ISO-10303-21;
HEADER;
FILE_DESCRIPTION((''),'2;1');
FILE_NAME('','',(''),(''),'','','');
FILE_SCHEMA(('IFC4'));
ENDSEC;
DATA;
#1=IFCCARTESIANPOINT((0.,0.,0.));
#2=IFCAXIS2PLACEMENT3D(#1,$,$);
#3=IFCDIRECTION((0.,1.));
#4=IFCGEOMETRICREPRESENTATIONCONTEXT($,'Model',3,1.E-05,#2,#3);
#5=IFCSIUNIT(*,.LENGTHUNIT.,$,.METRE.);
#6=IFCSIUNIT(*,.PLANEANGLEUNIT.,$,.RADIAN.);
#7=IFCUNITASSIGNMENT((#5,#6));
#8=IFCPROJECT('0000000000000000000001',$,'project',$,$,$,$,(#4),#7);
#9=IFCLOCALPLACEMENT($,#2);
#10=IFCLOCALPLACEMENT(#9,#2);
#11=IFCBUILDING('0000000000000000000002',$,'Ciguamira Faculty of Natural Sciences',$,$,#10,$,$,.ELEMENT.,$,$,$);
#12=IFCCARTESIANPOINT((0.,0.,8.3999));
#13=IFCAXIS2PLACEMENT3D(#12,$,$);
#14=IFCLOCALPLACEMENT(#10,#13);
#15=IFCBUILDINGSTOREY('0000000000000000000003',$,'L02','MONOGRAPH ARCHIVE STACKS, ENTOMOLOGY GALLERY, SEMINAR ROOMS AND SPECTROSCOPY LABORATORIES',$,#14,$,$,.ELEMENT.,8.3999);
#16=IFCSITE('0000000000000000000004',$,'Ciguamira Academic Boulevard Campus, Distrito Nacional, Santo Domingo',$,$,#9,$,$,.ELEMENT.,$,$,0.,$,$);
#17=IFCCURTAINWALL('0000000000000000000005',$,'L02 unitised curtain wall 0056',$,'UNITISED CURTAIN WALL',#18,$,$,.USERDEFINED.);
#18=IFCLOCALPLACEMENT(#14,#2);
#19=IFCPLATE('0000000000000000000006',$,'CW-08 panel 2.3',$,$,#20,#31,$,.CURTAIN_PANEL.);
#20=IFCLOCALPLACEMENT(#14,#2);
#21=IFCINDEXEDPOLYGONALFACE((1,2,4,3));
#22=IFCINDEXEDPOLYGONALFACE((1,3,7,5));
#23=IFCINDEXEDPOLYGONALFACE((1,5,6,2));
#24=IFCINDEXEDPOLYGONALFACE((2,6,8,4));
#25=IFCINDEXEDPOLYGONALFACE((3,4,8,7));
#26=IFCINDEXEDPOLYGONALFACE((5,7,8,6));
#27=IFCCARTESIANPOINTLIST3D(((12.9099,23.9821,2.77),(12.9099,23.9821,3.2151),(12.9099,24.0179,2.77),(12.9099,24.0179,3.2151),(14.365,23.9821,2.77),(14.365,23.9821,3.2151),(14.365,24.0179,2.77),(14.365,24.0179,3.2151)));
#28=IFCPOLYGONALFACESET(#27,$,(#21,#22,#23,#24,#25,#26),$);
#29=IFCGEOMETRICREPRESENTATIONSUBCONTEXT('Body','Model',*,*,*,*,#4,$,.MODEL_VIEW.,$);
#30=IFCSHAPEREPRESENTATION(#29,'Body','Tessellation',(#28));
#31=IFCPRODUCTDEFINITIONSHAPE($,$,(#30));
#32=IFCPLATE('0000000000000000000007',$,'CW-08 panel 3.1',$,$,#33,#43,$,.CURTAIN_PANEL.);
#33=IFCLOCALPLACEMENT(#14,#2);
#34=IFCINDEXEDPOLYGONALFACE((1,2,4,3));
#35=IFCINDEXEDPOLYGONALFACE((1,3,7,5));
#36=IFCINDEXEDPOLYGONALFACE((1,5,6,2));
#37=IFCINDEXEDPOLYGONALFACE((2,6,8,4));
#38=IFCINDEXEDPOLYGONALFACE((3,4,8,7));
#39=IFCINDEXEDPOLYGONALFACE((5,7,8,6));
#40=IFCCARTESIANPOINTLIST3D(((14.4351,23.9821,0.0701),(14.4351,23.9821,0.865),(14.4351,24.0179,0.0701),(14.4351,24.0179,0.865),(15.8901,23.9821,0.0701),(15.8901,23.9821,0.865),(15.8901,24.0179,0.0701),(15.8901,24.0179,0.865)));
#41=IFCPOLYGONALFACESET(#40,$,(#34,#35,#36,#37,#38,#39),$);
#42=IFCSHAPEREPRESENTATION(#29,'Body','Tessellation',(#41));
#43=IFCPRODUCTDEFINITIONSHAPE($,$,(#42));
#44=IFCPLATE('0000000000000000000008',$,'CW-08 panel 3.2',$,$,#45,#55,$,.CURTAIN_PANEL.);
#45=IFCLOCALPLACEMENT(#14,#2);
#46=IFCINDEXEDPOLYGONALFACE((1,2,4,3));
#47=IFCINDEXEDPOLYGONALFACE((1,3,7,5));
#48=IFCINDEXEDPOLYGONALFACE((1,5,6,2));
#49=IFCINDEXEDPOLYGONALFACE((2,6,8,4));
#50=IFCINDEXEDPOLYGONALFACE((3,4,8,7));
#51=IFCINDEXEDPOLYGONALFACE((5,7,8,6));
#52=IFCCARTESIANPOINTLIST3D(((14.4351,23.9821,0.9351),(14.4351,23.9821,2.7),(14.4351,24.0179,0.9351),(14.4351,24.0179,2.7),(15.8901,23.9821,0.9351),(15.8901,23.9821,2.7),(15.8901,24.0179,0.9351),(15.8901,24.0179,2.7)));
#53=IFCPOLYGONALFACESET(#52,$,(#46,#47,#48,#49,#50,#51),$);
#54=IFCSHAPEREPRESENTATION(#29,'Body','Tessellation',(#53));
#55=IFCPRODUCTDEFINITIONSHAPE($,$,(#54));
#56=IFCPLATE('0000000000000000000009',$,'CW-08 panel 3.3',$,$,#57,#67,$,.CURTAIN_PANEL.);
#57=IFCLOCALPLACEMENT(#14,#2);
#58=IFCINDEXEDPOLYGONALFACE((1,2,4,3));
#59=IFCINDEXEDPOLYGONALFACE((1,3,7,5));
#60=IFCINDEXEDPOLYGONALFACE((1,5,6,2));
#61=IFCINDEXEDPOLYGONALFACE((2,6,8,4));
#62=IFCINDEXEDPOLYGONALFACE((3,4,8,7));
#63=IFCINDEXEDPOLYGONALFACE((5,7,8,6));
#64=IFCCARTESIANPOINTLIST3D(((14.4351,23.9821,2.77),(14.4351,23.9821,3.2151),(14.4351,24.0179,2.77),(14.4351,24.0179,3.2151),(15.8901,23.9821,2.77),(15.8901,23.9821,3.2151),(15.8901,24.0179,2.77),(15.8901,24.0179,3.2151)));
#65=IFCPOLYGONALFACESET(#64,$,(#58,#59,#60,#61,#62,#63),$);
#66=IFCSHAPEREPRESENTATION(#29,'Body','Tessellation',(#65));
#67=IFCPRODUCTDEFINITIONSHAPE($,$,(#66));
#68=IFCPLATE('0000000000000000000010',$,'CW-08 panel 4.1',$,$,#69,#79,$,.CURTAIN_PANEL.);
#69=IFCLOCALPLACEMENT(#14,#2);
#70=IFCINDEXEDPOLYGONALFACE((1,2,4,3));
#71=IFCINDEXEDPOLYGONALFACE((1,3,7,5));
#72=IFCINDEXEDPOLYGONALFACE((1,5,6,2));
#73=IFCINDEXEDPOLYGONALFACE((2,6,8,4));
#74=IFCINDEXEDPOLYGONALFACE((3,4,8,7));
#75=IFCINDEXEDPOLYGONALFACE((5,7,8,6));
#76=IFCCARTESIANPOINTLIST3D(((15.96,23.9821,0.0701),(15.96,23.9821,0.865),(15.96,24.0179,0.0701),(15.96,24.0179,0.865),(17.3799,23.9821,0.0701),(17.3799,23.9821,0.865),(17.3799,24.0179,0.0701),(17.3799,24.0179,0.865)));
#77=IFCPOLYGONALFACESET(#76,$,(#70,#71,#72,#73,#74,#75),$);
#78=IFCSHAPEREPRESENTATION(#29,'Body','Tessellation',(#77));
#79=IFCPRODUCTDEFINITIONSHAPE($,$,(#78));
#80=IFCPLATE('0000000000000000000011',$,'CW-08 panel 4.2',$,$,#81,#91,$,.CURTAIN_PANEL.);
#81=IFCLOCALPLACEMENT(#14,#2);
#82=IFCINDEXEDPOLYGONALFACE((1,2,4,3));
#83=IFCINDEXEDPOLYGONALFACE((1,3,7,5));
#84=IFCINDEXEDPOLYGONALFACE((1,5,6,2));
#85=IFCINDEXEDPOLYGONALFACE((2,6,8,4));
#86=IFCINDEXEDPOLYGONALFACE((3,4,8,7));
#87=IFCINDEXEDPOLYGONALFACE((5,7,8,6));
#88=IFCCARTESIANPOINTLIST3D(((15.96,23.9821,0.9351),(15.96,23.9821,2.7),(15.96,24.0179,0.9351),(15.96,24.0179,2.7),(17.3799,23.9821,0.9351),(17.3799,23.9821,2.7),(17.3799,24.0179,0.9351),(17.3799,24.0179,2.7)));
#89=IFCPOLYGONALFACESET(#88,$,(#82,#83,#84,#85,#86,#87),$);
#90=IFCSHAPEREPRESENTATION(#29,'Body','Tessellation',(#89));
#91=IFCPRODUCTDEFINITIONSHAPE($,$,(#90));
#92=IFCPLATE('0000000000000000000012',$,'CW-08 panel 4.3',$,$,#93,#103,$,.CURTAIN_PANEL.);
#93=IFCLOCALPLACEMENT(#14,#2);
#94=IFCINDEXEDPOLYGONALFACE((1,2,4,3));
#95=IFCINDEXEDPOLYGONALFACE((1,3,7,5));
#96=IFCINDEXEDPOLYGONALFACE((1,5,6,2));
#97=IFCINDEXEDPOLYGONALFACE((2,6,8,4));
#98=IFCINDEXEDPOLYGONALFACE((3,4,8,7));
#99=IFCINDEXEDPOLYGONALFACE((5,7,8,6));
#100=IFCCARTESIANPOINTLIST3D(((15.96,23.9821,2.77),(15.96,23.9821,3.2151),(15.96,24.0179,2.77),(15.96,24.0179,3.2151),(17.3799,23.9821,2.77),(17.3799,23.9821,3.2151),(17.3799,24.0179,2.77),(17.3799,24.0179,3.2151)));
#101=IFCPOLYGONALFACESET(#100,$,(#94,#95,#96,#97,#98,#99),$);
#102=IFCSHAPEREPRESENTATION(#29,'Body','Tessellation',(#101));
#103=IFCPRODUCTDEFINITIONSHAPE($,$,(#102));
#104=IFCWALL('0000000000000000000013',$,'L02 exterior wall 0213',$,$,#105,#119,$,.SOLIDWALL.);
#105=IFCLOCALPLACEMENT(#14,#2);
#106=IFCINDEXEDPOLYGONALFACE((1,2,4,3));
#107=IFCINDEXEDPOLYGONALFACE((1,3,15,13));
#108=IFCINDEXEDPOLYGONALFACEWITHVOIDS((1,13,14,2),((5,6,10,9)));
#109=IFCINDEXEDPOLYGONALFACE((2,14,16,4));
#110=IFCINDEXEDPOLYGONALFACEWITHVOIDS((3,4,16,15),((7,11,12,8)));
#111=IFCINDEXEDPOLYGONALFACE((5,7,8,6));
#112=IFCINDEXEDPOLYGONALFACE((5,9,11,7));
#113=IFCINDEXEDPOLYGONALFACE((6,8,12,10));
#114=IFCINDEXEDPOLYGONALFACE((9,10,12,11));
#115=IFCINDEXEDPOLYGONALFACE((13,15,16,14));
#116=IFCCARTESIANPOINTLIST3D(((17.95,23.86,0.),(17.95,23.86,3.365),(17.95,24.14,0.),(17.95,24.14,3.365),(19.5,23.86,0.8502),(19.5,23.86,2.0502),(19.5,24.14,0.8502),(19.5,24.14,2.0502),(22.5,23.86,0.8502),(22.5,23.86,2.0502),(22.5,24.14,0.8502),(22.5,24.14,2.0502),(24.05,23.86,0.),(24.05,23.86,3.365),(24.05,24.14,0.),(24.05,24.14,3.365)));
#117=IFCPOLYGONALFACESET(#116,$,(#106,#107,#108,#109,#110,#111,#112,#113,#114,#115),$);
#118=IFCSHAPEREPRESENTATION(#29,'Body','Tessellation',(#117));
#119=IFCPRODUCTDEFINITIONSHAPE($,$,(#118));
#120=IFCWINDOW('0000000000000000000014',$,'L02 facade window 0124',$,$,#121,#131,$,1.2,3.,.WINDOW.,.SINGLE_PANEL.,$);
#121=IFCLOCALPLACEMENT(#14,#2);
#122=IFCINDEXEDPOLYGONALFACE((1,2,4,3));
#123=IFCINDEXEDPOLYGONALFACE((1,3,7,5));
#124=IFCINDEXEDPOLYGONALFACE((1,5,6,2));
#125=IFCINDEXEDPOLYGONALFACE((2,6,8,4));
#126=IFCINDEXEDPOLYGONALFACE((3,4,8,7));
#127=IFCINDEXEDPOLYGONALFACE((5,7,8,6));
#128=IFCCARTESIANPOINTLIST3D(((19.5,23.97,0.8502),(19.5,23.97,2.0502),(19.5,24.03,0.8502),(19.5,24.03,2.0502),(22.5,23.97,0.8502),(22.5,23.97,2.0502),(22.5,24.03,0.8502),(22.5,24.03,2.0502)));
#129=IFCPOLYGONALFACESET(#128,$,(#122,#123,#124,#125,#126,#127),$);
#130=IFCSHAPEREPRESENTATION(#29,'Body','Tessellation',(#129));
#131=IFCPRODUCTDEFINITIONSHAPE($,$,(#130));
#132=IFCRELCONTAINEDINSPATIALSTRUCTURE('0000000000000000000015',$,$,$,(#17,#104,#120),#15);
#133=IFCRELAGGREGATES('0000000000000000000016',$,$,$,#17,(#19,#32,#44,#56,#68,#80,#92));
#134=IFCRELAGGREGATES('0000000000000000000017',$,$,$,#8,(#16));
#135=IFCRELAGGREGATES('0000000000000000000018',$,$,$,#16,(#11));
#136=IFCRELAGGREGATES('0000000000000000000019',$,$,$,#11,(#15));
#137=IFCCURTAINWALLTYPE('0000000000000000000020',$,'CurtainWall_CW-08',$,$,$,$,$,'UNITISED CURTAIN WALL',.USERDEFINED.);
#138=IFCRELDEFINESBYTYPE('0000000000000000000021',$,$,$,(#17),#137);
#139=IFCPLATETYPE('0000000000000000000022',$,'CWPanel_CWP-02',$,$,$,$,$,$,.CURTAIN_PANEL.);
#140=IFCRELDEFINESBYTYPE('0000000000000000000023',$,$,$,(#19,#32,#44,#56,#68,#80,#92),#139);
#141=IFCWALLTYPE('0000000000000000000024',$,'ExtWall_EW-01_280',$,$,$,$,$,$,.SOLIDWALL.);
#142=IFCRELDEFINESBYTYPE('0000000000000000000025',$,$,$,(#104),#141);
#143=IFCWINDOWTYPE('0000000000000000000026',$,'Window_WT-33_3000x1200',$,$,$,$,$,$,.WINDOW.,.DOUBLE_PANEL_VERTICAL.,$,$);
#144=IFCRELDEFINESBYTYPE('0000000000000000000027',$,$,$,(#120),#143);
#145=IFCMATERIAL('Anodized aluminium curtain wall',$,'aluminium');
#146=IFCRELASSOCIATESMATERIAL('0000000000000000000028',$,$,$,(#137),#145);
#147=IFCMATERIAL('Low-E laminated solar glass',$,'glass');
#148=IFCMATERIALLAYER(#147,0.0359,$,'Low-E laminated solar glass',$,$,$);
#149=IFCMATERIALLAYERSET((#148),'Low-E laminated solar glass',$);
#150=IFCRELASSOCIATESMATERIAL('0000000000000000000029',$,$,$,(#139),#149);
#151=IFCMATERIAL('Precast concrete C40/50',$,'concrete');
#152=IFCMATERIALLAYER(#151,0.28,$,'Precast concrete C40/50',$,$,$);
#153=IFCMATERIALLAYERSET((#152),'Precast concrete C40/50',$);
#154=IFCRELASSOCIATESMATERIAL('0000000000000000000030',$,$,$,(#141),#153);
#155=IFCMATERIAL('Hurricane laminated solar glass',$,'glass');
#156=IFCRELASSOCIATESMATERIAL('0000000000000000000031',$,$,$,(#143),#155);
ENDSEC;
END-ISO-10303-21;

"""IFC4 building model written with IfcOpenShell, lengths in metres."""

from ifc_helpers import new_model, si_unit, direction, frame, frame_2d, origin, origin_2d, place, context, subcontext, project, spatial, rectangle, extrude, material, layer, layer_set, type_object, element, fill, aggregate, save


model = new_model("IFC4")

# Units and contexts
model_context = context("Model", 3, precision=1e-05, world=origin(), true_north=direction((0.0, 1.0)))
body_context = subcontext(model_context, "Body", "Model", "MODEL_VIEW")
ifc_project = project(units=[si_unit("LENGTHUNIT", "METRE"), si_unit("PLANEANGLEUNIT", "RADIAN")], contexts=[model_context])

# Site, building, storey
site_placement = place(None, origin())
site = spatial("IfcSite", under=ifc_project, at=site_placement, Name="Ciguamira Academic Boulevard Campus, Distrito Nacional, Santo Domingo", CompositionType="ELEMENT", RefElevation=0.0)
building_placement = place(site_placement, origin())
building = spatial("IfcBuilding", under=site, at=building_placement, Name="Ciguamira Faculty of Natural Sciences", CompositionType="ELEMENT")
storey_placement = place(building_placement, frame((0.0, 0.0, 8.3999)))
storey = spatial("IfcBuildingStorey", under=building, at=storey_placement, Name="L02", Description="MONOGRAPH ARCHIVE STACKS, ENTOMOLOGY GALLERY, SEMINAR ROOMS AND SPECTROSCOPY LABORATORIES", CompositionType="ELEMENT", Elevation=8.3999)

# Curtain wall, plates
ifc_material_1 = material(Name="Anodized aluminium curtain wall", Category="aluminium")
curtain_wall_type = type_object("IfcCurtainWallType", Name="CurtainWall_CW-08", ElementType="UNITISED CURTAIN WALL", PredefinedType="USERDEFINED", material=ifc_material_1)
curtain_wall_placement = place(storey_placement, origin())
curtain_wall = element("IfcCurtainWall", 1, at=curtain_wall_placement, inside=storey, type_object=curtain_wall_type, Name="L02 unitised curtain wall 0056", ObjectType="UNITISED CURTAIN WALL", PredefinedType="USERDEFINED")
ifc_material_2 = material(Name="Low-E laminated solar glass", Category="glass")
ifc_layer_1 = layer(ifc_material_2, 0.0359, Name="Low-E laminated solar glass")
ifc_layer_set_1 = layer_set([ifc_layer_1], Name="Low-E laminated solar glass")
plate_type = type_object("IfcPlateType", Name="CWPanel_CWP-02", PredefinedType="CURTAIN_PANEL", material=ifc_layer_set_1)
plate_1_placement = place(storey_placement, frame((13.6375, 24.0, 2.77), z_axis=(0.0, 0.0, 1.0), x_axis=(1.0, 0.0, 0.0)))
plate_1 = element("IfcPlate", 2, at=plate_1_placement, type_object=plate_type, Name="CW-08 panel 2.3", PredefinedType="CURTAIN_PANEL", context=body_context, shape_type="SweptSolid", body=[
    extrude(rectangle(XDim=1.4551, YDim=0.0359, at=origin_2d()), origin(), (0.0, 0.0, 1.0), 0.4451),
])
plate_2_placement = place(storey_placement, frame((15.1626, 24.0, 0.0701), z_axis=(0.0, 0.0, 1.0), x_axis=(1.0, 0.0, 0.0)))
plate_2 = element("IfcPlate", 3, at=plate_2_placement, type_object=plate_type, Name="CW-08 panel 3.1", PredefinedType="CURTAIN_PANEL", context=body_context, shape_type="SweptSolid", body=[
    extrude(rectangle(XDim=1.4551, YDim=0.0359, at=origin_2d()), origin(), (0.0, 0.0, 1.0), 0.7949),
])
plate_3_placement = place(storey_placement, frame((15.1626, 24.0, 0.9351), z_axis=(0.0, 0.0, 1.0), x_axis=(1.0, 0.0, 0.0)))
plate_3 = element("IfcPlate", 4, at=plate_3_placement, type_object=plate_type, Name="CW-08 panel 3.2", PredefinedType="CURTAIN_PANEL", context=body_context, shape_type="SweptSolid", body=[
    extrude(rectangle(XDim=1.4551, YDim=0.0359, at=origin_2d()), origin(), (0.0, 0.0, 1.0), 1.7649),
])
plate_4_placement = place(storey_placement, frame((15.1626, 24.0, 2.77), z_axis=(0.0, 0.0, 1.0), x_axis=(1.0, 0.0, 0.0)))
plate_4 = element("IfcPlate", 5, at=plate_4_placement, type_object=plate_type, Name="CW-08 panel 3.3", PredefinedType="CURTAIN_PANEL", context=body_context, shape_type="SweptSolid", body=[
    extrude(rectangle(XDim=1.4551, YDim=0.0359, at=origin_2d()), origin(), (0.0, 0.0, 1.0), 0.4451),
])
plate_5_placement = place(storey_placement, frame((16.6699, 24.0, 0.0701), z_axis=(0.0, 0.0, 1.0), x_axis=(1.0, 0.0, 0.0)))
plate_5 = element("IfcPlate", 6, at=plate_5_placement, type_object=plate_type, Name="CW-08 panel 4.1", PredefinedType="CURTAIN_PANEL", context=body_context, shape_type="SweptSolid", body=[
    extrude(rectangle(XDim=1.4199, YDim=0.0359, at=origin_2d()), origin(), (0.0, 0.0, 1.0), 0.7949),
])
plate_6_placement = place(storey_placement, frame((16.6699, 24.0, 0.9351), z_axis=(0.0, 0.0, 1.0), x_axis=(1.0, 0.0, 0.0)))
plate_6 = element("IfcPlate", 7, at=plate_6_placement, type_object=plate_type, Name="CW-08 panel 4.2", PredefinedType="CURTAIN_PANEL", context=body_context, shape_type="SweptSolid", body=[
    extrude(rectangle(XDim=1.4199, YDim=0.0359, at=origin_2d()), origin(), (0.0, 0.0, 1.0), 1.7649),
])
plate_7_placement = place(storey_placement, frame((16.6699, 24.0, 2.77), z_axis=(0.0, 0.0, 1.0), x_axis=(1.0, 0.0, 0.0)))
plate_7 = element("IfcPlate", 8, at=plate_7_placement, type_object=plate_type, Name="CW-08 panel 4.3", PredefinedType="CURTAIN_PANEL", context=body_context, shape_type="SweptSolid", body=[
    extrude(rectangle(XDim=1.4199, YDim=0.0359, at=origin_2d()), origin(), (0.0, 0.0, 1.0), 0.4451),
])
aggregate(curtain_wall, [plate_1, plate_2, plate_3, plate_4, plate_5, plate_6, plate_7])

# Wall, opening, window
ifc_material_3 = material(Name="Precast concrete C40/50", Category="concrete")
ifc_layer_2 = layer(ifc_material_3, 0.28, Name="Precast concrete C40/50")
ifc_layer_set_2 = layer_set([ifc_layer_2], Name="Precast concrete C40/50")
wall_type = type_object("IfcWallType", Name="ExtWall_EW-01_280", PredefinedType="SOLIDWALL", material=ifc_layer_set_2)
wall_placement = place(storey_placement, frame((17.95, 24.0, 0.0), z_axis=(0.0, 0.0, 1.0), x_axis=(1.0, 0.0, 0.0)))
wall = element("IfcWall", 9, at=wall_placement, inside=storey, type_object=wall_type, Name="L02 exterior wall 0213", PredefinedType="SOLIDWALL", context=body_context, shape_type="SweptSolid", body=[
    extrude(rectangle(XDim=6.1001, YDim=0.28, at=frame_2d((3.05, 0.0))), origin(), (0.0, 0.0, 1.0), 3.365),
])
opening_placement = place(wall_placement, frame((1.55, 0.0, 0.8501)))
opening = element("IfcOpeningElement", 10, at=opening_placement, cuts=wall, PredefinedType="OPENING", context=body_context, shape_type="SweptSolid", body=[
    extrude(rectangle(XDim=3.0, YDim=1.2, at=frame_2d((1.5, 0.6001))), frame((0.0, 0.1499, 0.0), z_axis=(0.0, -1.0, 0.0), x_axis=(1.0, 0.0, 0.0)), (0.0, 0.0, 1.0), 0.3),
])
ifc_material_4 = material(Name="Hurricane laminated solar glass", Category="glass")
window_type = type_object("IfcWindowType", Name="Window_WT-33_3000x1200", PartitioningType="DOUBLE_PANEL_VERTICAL", PredefinedType="WINDOW", material=ifc_material_4)
window_placement = place(opening_placement, origin())
window = element("IfcWindow", 11, at=window_placement, inside=storey, type_object=window_type, Name="L02 facade window 0124", OverallHeight=1.2, OverallWidth=3.0, PartitioningType="SINGLE_PANEL", PredefinedType="WINDOW", context=body_context, shape_type="SweptSolid", body=[
    extrude(rectangle(XDim=3.0, YDim=1.2, at=frame_2d((1.5, 0.6001))), frame((0.0, 0.03, 0.0), z_axis=(0.0, -1.0, 0.0), x_axis=(1.0, 0.0, 0.0)), (0.0, 0.0, 1.0), 0.0601),
])
fill(opening, window)

save(model, "model.ifc")
